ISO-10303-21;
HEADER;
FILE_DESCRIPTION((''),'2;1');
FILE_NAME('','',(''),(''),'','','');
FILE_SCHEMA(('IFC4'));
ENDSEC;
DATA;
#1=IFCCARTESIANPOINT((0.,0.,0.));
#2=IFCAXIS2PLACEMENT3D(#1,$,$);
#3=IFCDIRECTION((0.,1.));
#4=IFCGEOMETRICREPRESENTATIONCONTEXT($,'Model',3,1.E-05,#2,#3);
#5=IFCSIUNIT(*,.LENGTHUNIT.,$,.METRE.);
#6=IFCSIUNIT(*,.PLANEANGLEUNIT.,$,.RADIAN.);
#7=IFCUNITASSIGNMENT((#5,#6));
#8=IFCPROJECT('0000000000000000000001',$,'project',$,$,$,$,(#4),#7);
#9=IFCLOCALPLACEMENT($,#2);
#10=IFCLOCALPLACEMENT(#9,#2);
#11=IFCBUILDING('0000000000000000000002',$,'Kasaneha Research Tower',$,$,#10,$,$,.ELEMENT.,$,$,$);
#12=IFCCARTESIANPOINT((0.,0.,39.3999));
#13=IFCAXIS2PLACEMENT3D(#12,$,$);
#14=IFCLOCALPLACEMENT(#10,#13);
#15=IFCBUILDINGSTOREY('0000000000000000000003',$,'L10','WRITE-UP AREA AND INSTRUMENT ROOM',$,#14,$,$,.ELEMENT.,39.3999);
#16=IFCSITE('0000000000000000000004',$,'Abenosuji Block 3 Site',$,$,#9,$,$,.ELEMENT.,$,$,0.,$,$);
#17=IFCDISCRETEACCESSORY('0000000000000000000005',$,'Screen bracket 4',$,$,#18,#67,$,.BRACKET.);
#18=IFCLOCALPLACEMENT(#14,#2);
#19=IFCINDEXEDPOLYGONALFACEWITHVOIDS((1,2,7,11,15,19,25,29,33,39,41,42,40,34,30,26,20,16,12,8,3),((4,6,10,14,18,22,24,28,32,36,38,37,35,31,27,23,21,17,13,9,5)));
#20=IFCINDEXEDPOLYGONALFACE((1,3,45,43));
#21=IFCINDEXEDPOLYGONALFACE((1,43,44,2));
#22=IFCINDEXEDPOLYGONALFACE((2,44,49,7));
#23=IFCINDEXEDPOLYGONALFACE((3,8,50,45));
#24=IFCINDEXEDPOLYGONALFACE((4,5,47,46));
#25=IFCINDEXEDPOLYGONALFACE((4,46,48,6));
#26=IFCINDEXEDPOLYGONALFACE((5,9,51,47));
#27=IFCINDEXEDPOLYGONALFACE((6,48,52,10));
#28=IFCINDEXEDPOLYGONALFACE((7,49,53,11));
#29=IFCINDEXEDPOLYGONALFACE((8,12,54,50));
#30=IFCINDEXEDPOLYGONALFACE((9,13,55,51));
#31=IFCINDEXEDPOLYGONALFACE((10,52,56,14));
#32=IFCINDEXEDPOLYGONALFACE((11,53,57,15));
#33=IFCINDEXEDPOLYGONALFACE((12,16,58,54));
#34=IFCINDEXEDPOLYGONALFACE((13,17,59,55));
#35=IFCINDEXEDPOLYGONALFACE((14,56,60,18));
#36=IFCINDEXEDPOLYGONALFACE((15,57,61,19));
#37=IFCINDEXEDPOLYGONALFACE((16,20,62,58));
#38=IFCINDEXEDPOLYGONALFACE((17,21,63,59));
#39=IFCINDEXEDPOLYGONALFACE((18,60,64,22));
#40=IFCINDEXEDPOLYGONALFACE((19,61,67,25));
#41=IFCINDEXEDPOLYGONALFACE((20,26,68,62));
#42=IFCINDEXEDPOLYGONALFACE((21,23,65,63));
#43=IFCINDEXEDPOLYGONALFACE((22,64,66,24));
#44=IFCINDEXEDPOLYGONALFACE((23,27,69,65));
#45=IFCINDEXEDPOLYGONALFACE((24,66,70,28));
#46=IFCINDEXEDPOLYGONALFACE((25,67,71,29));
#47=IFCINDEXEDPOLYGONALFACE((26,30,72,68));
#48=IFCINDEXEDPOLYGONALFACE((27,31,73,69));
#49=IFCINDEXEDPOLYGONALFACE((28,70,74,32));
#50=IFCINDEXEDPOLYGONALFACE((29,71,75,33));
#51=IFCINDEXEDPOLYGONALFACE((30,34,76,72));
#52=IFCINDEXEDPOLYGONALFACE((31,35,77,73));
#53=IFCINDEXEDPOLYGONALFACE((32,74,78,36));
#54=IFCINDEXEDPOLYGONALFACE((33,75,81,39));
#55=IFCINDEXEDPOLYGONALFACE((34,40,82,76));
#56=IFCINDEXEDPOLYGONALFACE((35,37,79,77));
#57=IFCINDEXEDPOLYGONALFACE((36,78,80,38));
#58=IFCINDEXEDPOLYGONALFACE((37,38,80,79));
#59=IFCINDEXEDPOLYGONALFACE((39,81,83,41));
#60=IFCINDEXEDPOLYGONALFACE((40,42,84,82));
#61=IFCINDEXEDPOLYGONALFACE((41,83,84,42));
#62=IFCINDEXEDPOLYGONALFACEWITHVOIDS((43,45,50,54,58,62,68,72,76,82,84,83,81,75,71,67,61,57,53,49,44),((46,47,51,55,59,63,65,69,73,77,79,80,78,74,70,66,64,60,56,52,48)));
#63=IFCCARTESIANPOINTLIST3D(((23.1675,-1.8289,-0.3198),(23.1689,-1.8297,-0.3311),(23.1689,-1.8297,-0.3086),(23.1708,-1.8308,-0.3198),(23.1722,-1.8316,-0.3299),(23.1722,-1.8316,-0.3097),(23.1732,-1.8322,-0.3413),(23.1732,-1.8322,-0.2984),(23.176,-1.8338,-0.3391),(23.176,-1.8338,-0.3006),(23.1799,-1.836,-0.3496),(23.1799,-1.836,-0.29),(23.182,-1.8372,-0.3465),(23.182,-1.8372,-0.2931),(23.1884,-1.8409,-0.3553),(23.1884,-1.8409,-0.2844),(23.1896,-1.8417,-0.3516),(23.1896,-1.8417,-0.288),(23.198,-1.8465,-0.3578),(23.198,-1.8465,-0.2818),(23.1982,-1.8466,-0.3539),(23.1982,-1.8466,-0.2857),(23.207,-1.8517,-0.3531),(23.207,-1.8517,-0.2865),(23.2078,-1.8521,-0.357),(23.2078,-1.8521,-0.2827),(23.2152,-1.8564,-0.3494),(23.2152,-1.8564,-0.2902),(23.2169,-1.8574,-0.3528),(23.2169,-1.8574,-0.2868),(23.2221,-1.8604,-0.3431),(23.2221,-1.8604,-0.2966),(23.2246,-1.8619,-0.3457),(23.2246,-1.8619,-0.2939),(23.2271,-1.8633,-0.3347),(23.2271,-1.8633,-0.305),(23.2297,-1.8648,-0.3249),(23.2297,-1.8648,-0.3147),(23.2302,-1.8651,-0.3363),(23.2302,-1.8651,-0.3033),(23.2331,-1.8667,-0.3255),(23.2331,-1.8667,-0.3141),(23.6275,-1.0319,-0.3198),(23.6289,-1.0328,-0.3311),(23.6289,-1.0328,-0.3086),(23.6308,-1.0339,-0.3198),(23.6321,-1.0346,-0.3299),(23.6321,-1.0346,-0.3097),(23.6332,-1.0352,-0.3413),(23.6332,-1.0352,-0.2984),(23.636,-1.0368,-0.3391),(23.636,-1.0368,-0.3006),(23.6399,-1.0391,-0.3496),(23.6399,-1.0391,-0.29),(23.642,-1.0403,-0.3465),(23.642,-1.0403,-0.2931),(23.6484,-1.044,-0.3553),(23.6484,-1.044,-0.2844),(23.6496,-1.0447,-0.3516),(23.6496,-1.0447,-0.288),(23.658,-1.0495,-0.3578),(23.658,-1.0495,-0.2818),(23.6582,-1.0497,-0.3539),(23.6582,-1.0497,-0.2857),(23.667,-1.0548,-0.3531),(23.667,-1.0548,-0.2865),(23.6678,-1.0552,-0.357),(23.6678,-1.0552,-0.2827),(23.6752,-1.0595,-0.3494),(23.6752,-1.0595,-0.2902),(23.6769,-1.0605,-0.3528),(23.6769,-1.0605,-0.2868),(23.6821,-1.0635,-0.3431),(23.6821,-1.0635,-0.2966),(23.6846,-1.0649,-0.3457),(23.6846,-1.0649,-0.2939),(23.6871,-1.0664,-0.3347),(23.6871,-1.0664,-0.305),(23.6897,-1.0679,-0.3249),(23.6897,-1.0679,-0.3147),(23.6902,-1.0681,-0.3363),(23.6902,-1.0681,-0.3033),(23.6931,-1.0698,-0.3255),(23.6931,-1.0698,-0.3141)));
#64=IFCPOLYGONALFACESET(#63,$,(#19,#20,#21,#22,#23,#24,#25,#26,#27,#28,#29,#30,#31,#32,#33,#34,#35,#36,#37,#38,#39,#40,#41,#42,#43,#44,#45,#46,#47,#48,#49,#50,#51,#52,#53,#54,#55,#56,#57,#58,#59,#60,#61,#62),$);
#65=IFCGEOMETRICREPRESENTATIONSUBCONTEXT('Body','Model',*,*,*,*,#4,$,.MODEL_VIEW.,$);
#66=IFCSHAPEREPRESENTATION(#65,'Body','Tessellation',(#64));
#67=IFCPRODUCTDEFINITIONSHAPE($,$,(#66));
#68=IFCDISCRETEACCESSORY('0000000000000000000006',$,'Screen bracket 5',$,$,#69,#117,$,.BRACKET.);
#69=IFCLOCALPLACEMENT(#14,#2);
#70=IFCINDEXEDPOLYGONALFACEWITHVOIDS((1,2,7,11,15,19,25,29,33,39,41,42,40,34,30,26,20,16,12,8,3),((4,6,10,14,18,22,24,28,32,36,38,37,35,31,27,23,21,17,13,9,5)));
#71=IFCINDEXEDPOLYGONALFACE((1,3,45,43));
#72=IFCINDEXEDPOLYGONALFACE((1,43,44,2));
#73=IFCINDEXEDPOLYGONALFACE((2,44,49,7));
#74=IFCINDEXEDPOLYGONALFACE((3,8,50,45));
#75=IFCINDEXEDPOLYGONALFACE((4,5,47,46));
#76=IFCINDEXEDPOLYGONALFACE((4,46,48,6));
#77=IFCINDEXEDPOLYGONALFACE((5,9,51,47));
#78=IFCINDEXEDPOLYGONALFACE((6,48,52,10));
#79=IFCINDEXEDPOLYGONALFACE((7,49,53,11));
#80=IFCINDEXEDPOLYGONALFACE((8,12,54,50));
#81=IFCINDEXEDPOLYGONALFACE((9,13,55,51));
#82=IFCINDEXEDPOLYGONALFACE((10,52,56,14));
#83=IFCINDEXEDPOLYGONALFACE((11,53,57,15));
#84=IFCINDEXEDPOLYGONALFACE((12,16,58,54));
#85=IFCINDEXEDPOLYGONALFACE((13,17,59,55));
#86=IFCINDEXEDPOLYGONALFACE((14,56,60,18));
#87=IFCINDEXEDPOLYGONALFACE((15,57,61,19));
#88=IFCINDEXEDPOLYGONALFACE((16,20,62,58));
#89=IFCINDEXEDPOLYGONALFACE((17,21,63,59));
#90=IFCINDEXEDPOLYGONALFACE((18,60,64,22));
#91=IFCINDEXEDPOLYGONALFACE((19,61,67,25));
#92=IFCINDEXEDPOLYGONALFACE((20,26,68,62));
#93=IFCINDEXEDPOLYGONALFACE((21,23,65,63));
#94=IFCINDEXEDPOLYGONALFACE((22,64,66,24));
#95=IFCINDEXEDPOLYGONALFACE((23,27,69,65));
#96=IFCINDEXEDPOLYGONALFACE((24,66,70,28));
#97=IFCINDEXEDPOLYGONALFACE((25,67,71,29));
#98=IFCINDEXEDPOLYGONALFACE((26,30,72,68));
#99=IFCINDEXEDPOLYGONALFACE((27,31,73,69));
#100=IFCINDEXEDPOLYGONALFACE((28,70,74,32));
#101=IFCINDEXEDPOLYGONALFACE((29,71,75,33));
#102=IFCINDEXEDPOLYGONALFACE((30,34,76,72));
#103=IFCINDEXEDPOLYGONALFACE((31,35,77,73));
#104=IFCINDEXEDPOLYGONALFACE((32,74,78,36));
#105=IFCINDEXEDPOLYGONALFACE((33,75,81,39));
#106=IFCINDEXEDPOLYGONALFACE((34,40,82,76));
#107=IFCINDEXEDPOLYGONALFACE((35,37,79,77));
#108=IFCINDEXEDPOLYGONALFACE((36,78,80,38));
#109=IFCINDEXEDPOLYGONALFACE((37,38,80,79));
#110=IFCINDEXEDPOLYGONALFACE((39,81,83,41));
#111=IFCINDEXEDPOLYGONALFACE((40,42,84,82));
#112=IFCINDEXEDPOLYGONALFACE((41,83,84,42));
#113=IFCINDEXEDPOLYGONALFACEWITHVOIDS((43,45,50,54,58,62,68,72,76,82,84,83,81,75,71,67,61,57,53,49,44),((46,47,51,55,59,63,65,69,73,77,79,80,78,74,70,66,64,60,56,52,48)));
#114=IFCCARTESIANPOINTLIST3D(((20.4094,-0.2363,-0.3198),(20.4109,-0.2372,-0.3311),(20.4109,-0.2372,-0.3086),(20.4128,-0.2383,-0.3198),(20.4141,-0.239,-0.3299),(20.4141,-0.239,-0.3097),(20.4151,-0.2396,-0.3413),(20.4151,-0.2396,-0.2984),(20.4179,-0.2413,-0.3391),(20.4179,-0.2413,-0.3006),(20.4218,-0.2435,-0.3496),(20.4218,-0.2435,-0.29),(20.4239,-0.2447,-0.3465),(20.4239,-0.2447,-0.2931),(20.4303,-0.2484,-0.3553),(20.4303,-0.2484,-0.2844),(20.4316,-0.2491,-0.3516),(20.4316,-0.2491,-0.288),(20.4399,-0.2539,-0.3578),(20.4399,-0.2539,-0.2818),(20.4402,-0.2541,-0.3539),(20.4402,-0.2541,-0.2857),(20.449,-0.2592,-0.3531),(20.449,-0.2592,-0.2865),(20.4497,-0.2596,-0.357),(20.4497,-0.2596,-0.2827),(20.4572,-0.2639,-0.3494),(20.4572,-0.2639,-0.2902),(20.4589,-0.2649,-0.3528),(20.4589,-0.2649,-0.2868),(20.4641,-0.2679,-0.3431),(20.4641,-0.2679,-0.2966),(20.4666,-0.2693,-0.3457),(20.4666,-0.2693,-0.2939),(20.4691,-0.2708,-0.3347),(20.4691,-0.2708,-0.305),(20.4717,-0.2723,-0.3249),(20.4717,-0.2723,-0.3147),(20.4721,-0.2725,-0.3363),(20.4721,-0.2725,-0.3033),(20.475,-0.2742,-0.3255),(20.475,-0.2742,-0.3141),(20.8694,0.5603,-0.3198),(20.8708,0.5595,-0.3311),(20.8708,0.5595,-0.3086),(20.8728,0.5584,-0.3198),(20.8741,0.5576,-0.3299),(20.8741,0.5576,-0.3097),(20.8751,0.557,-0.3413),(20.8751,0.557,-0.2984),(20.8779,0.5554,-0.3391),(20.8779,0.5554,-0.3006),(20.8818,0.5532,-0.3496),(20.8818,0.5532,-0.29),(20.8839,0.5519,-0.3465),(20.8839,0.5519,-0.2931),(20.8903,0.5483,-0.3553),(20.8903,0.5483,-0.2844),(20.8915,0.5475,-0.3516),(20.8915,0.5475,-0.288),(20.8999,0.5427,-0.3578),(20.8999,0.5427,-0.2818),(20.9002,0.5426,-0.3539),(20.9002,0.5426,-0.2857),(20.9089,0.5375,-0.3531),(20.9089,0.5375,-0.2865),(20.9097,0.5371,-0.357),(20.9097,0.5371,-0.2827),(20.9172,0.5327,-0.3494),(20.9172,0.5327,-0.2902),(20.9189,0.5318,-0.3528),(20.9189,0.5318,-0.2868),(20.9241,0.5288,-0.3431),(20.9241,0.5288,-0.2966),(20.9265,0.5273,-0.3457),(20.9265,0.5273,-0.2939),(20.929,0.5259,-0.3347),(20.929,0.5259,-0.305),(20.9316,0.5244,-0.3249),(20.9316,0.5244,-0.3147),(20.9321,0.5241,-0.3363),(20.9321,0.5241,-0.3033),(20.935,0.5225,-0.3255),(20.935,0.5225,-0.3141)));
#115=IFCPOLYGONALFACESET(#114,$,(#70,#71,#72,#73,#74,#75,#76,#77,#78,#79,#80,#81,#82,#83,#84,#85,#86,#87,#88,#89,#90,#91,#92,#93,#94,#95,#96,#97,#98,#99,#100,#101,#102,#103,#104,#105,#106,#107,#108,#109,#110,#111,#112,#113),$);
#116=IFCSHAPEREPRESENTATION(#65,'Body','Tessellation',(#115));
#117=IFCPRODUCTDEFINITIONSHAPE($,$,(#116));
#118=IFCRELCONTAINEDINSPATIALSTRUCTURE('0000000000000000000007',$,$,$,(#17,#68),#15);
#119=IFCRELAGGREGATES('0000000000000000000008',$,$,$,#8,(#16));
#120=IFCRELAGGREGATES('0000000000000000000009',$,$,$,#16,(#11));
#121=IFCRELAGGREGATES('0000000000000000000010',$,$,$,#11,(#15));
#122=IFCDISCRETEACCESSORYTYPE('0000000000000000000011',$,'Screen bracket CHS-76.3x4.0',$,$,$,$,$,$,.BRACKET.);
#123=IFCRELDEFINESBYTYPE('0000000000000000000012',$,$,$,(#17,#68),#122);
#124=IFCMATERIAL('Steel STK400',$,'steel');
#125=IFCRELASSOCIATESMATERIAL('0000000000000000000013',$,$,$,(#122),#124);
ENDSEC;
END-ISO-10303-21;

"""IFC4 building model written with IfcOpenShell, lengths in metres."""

from ifc_helpers import new_model, si_unit, direction, frame, origin, origin_2d, place, context, subcontext, project, spatial, hollow_circle, extrude, material, material_profile, profile_set, type_object, element, save


model = new_model("IFC4")

# Units and contexts
model_context = context("Model", 3, precision=1e-05, world=origin(), true_north=direction((0.0, 1.0)))
body_context = subcontext(model_context, "Body", "Model", "MODEL_VIEW")
ifc_project = project(units=[si_unit("LENGTHUNIT", "METRE"), si_unit("PLANEANGLEUNIT", "RADIAN")], contexts=[model_context])

# Site, building, storey
site_placement = place(None, origin())
site = spatial("IfcSite", under=ifc_project, at=site_placement, Name="Abenosuji Block 3 Site", CompositionType="ELEMENT", RefElevation=0.0)
building_placement = place(site_placement, origin())
building = spatial("IfcBuilding", under=site, at=building_placement, Name="Kasaneha Research Tower", CompositionType="ELEMENT")
storey_placement = place(building_placement, frame((0.0, 0.0, 39.3999)))
storey = spatial("IfcBuildingStorey", under=building, at=storey_placement, Name="L10", Description="WRITE-UP AREA AND INSTRUMENT ROOM", CompositionType="ELEMENT", Elevation=39.3999)

# Discrete accessories
ifc_material_1 = material(Name="Steel STK400", Category="steel")
ifc_material_profile_1 = material_profile(ifc_material_1, hollow_circle(Radius=0.0381, WallThickness=0.0039, at=origin_2d()), Name="CHS-76.3x4.0")
ifc_profile_set_1 = profile_set([ifc_material_profile_1], Name="Steel STK400")
discrete_accessory_type = type_object("IfcDiscreteAccessoryType", Name="Screen bracket CHS-76.3x4.0", PredefinedType="BRACKET", material=ifc_profile_set_1)
discrete_accessory_1_placement = place(storey_placement, frame((23.2004, -1.8479, -0.3198), z_axis=(0.499906, 0.86608, 0.0), x_axis=(-0.86608, 0.499906, 0.0)))
element("IfcDiscreteAccessory", 1, at=discrete_accessory_1_placement, inside=storey, type_object=discrete_accessory_type, Name="Screen bracket 4", PredefinedType="BRACKET", context=body_context, shape_type="SweptSolid", body=[
    extrude(hollow_circle(Radius=0.0381, WallThickness=0.0039, at=origin_2d()), origin(), (0.0, 0.0, 1.0), 0.9202),
])
discrete_accessory_2_placement = place(storey_placement, frame((20.4424, -0.2554, -0.3198), z_axis=(0.500021, 0.866013, 0.0), x_axis=(-0.866013, 0.500021, 0.0)))
element("IfcDiscreteAccessory", 2, at=discrete_accessory_2_placement, inside=storey, type_object=discrete_accessory_type, Name="Screen bracket 5", PredefinedType="BRACKET", context=body_context, shape_type="SweptSolid", body=[
    extrude(hollow_circle(Radius=0.0381, WallThickness=0.0039, at=origin_2d()), origin(), (0.0, 0.0, 1.0), 0.9199),
])

save(model, "model.ifc")
